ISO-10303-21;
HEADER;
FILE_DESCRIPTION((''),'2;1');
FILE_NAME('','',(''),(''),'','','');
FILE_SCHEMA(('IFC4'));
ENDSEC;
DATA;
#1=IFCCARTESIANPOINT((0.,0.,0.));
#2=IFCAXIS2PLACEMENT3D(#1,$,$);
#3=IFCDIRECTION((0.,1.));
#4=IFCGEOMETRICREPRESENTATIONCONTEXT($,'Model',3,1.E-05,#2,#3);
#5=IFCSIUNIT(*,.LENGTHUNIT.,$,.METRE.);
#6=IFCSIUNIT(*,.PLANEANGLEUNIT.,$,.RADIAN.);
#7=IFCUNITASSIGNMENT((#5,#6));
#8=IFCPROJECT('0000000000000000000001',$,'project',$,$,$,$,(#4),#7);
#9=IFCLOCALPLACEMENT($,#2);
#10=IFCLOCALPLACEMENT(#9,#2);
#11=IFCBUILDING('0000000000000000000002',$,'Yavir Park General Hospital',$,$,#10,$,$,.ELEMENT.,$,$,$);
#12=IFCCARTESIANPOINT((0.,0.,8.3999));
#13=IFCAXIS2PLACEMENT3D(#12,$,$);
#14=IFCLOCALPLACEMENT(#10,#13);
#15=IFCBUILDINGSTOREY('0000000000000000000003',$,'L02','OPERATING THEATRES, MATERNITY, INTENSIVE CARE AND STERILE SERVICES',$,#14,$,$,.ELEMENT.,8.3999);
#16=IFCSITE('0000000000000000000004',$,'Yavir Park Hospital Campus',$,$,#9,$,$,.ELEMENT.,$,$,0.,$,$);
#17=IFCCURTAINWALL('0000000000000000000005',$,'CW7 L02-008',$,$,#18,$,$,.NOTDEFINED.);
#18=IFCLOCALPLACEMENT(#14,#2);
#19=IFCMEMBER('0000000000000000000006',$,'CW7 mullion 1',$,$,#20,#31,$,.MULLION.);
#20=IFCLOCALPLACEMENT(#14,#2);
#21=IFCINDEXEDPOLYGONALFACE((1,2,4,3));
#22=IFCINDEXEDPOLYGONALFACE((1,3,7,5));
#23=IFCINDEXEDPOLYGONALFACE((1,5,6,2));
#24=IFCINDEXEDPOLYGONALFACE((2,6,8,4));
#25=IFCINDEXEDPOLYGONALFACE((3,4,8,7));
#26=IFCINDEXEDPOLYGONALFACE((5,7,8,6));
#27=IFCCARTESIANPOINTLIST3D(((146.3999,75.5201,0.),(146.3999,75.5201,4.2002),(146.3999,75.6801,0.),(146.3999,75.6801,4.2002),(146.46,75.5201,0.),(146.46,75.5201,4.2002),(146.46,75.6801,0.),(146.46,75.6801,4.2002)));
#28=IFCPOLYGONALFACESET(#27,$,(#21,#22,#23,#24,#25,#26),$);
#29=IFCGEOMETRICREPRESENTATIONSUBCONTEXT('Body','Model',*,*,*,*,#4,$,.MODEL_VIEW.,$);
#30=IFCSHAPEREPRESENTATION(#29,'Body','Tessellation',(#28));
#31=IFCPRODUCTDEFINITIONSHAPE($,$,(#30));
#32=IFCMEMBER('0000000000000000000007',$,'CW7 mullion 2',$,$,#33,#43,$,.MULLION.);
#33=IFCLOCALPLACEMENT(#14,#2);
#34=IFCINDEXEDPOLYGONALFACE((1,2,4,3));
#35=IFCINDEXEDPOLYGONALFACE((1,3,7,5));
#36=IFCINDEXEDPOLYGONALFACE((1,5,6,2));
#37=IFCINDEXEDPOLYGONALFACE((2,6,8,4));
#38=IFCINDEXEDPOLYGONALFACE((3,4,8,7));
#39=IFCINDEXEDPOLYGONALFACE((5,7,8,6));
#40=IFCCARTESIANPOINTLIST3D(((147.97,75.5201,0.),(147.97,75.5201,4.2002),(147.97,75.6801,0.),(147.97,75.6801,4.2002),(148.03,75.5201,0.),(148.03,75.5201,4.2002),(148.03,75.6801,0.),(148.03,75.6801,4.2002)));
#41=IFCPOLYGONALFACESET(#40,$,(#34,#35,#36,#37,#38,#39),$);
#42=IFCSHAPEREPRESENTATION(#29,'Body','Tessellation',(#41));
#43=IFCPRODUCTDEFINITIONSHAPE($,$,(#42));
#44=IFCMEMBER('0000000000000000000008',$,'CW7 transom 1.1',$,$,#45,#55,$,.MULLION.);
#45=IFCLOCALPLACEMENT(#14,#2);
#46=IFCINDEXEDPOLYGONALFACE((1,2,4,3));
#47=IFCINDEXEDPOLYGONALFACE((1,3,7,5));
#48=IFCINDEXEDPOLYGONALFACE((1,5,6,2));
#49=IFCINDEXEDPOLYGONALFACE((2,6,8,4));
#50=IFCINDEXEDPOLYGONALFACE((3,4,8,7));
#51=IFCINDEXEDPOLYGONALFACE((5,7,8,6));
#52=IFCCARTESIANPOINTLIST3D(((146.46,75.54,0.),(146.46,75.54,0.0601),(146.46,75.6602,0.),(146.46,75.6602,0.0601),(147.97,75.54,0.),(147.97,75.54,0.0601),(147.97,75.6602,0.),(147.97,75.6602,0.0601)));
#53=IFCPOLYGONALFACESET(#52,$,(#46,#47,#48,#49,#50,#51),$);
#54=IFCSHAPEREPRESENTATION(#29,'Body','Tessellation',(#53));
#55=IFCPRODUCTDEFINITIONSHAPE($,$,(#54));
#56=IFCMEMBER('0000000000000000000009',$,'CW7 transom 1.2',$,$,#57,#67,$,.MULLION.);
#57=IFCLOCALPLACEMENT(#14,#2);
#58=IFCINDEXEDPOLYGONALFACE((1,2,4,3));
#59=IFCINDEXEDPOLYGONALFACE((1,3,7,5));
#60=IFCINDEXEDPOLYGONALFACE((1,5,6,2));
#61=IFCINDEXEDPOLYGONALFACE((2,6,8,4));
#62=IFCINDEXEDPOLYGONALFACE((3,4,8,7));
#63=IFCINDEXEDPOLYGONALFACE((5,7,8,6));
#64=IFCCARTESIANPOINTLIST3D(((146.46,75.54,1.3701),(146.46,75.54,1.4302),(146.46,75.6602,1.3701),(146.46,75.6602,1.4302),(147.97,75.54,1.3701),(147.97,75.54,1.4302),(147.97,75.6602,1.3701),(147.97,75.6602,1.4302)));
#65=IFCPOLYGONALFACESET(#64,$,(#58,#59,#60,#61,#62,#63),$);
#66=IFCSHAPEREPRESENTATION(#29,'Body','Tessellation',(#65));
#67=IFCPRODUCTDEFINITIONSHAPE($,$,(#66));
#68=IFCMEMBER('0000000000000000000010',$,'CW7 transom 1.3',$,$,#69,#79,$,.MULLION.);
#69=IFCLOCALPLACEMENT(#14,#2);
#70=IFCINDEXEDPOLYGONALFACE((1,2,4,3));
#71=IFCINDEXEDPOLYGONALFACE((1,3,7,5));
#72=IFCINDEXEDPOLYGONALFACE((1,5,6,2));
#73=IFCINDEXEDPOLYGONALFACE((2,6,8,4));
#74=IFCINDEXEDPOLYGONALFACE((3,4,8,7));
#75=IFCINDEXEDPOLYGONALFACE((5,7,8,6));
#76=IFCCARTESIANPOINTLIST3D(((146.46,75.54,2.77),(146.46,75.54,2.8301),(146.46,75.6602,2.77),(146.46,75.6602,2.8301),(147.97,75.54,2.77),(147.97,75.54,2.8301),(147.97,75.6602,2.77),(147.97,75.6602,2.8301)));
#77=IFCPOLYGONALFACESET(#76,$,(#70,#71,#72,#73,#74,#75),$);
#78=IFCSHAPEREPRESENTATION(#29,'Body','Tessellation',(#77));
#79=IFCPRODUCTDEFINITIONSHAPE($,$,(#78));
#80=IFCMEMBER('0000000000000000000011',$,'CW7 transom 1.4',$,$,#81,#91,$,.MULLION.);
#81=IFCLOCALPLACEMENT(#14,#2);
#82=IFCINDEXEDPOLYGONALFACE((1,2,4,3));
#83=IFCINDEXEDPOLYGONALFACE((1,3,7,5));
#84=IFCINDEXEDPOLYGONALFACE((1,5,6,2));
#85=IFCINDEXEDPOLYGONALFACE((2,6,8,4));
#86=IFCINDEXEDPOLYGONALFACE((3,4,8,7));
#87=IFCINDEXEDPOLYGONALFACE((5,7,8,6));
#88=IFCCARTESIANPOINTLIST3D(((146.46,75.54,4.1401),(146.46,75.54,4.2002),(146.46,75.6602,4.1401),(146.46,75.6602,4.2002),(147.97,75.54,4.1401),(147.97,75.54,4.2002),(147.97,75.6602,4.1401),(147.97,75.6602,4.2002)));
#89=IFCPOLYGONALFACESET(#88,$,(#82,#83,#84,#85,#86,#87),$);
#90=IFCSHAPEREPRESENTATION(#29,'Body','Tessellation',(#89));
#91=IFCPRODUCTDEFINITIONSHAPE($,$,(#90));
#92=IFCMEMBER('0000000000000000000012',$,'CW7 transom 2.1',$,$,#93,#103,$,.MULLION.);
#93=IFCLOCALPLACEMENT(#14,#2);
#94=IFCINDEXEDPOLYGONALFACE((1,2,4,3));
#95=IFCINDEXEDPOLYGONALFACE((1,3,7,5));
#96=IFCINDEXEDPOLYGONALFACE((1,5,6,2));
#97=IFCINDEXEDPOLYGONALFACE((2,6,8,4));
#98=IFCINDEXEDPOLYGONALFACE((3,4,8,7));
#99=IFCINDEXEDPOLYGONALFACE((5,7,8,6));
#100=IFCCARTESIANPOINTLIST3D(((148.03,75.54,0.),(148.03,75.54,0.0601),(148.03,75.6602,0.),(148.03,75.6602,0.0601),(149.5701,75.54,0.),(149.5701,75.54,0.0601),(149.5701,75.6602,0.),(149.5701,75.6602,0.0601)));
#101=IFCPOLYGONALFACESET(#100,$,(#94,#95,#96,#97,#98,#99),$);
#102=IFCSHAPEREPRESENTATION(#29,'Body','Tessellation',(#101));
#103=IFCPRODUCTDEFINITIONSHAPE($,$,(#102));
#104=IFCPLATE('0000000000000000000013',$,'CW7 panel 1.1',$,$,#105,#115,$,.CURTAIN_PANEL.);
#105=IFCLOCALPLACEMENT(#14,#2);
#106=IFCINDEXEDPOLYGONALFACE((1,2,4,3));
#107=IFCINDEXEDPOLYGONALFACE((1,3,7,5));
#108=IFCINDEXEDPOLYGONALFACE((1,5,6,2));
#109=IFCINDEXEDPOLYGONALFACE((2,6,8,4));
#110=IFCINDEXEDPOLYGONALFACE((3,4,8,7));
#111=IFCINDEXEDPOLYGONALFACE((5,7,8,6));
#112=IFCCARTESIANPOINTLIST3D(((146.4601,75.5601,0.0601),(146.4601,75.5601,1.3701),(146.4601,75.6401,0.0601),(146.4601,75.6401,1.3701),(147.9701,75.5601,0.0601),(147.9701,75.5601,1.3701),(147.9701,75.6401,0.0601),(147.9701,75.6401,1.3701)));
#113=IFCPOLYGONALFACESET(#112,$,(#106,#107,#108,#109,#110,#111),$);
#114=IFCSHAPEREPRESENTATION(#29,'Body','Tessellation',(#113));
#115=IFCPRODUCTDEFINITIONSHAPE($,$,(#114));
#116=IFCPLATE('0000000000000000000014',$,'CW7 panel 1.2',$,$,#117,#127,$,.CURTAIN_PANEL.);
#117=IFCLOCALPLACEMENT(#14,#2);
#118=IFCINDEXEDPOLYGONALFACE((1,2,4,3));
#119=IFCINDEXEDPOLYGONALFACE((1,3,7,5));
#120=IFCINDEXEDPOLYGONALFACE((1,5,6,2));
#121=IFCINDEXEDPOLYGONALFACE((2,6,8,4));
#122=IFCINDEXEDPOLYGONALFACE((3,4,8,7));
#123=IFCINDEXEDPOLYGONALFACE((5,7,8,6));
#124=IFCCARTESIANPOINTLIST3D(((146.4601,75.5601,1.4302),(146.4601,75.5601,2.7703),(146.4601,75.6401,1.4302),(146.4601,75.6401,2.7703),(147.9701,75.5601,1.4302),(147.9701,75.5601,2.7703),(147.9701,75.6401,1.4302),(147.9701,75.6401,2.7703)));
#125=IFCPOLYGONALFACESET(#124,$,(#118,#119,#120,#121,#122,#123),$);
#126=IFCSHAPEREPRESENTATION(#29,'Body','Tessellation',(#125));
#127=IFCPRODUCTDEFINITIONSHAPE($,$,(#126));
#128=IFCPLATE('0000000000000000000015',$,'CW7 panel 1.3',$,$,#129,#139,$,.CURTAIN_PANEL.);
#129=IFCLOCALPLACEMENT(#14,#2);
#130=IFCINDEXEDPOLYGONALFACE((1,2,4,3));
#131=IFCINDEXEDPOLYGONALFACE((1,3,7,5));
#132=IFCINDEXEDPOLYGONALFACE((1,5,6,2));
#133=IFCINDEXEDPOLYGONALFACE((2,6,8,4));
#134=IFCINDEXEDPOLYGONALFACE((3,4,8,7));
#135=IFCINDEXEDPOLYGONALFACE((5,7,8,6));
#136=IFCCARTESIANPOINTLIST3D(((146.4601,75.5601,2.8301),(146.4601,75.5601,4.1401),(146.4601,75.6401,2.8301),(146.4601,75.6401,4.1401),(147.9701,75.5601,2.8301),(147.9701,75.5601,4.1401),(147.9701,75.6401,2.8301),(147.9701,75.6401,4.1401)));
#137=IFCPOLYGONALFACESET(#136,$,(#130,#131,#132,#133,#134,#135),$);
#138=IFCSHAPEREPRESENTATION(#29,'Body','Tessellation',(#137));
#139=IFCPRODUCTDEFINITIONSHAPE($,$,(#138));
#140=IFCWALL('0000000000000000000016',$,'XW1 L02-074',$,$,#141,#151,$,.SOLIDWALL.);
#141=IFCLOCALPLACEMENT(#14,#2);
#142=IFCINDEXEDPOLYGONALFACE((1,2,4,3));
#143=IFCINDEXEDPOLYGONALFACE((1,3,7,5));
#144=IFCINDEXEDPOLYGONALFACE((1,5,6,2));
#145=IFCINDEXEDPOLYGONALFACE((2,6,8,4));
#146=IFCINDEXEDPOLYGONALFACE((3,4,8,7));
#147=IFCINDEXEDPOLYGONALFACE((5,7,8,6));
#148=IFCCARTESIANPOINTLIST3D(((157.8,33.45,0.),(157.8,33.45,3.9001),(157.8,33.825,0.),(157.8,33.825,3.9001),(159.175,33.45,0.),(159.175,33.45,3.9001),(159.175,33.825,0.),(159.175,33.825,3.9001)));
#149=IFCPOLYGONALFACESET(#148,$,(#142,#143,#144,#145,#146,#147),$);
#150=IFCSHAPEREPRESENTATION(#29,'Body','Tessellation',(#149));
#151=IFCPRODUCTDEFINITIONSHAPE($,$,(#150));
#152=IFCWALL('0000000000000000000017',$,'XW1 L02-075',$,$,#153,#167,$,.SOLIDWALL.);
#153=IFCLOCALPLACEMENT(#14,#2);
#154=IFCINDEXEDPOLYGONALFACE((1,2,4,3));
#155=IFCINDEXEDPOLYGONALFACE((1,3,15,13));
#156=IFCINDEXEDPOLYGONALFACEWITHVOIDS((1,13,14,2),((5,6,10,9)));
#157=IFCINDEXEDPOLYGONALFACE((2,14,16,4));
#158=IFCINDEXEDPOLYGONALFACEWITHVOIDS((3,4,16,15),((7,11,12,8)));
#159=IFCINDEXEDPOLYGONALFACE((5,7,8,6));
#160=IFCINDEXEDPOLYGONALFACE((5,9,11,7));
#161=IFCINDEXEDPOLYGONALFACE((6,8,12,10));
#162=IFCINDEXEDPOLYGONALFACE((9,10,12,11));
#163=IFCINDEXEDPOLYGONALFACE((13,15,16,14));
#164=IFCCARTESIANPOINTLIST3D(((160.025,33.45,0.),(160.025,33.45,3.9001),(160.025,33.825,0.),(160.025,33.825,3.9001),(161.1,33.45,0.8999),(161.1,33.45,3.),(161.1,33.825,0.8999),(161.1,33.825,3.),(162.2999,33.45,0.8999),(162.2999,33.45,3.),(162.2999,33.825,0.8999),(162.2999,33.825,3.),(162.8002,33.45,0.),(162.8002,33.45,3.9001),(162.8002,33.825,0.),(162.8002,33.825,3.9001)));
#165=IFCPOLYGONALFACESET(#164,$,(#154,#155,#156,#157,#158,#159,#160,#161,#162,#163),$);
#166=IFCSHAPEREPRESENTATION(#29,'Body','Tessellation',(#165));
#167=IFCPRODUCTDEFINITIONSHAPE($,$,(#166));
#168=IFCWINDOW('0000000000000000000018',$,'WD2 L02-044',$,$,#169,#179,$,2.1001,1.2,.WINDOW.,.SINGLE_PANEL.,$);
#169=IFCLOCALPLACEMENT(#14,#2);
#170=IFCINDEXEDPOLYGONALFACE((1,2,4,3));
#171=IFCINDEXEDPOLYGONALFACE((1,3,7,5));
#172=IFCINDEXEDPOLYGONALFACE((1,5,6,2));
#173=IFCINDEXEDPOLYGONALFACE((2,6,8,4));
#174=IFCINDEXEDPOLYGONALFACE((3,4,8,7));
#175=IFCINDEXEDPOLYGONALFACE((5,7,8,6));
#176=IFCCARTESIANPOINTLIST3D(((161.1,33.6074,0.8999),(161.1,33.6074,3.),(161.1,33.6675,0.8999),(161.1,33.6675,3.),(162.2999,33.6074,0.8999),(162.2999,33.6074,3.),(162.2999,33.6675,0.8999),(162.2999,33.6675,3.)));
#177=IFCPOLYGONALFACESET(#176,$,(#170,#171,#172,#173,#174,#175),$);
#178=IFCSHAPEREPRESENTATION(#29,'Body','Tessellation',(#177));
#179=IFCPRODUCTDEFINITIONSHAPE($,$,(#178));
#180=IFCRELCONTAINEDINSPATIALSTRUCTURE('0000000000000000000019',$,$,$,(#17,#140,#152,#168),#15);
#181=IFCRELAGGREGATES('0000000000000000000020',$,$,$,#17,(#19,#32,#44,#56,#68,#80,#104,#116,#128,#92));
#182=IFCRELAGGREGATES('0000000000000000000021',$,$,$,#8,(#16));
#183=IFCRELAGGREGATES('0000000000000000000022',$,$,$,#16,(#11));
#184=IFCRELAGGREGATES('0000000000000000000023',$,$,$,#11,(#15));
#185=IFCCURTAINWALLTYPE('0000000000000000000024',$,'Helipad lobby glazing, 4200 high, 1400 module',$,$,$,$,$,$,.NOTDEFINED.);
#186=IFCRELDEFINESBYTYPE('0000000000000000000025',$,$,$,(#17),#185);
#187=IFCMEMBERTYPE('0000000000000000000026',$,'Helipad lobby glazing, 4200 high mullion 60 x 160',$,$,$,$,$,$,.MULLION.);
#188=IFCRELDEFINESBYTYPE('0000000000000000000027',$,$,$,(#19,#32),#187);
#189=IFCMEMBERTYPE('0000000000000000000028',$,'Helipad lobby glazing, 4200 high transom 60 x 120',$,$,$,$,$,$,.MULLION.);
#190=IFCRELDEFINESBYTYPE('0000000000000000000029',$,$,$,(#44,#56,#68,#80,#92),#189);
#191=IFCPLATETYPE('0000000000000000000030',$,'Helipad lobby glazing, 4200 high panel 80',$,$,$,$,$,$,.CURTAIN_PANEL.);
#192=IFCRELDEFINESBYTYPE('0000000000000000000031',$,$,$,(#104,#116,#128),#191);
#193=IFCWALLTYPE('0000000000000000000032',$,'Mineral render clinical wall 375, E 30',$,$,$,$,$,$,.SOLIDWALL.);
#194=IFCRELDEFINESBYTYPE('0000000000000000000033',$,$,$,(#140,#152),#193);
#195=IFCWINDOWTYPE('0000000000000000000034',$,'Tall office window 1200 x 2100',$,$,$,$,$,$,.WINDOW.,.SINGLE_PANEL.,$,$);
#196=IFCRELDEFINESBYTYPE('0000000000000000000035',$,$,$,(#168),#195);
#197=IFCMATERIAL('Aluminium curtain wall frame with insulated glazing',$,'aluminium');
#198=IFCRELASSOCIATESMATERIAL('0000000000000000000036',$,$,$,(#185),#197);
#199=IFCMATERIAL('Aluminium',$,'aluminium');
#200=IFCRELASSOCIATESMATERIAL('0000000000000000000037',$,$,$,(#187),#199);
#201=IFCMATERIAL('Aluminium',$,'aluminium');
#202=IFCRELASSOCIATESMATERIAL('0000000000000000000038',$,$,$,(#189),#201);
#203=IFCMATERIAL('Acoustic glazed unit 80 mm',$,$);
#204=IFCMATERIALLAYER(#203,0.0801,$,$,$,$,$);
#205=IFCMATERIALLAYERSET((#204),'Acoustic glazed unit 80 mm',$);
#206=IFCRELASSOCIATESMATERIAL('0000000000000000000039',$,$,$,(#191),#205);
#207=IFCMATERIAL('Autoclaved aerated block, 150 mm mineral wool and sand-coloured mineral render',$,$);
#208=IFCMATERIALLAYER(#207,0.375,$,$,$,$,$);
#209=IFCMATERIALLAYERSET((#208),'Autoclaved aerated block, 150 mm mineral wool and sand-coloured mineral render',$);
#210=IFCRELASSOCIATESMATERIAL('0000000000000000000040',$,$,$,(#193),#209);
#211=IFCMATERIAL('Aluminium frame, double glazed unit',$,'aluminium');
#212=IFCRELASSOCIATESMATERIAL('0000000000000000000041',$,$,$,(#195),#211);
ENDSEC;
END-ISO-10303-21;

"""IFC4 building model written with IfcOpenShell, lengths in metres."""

from ifc_helpers import new_model, si_unit, direction, frame, frame_2d, origin, origin_2d, place, context, subcontext, project, spatial, rectangle, extrude, material, layer, layer_set, material_profile, profile_set, type_object, element, fill, aggregate, save


model = new_model("IFC4")

# Units and contexts
model_context = context("Model", 3, precision=1e-05, world=origin(), true_north=direction((0.0, 1.0)))
body_context = subcontext(model_context, "Body", "Model", "MODEL_VIEW")
ifc_project = project(units=[si_unit("LENGTHUNIT", "METRE"), si_unit("PLANEANGLEUNIT", "RADIAN")], contexts=[model_context])

# Site, building, storey
site_placement = place(None, origin())
site = spatial("IfcSite", under=ifc_project, at=site_placement, Name="Yavir Park Hospital Campus", CompositionType="ELEMENT", RefElevation=0.0)
building_placement = place(site_placement, origin())
building = spatial("IfcBuilding", under=site, at=building_placement, Name="Yavir Park General Hospital", CompositionType="ELEMENT")
storey_placement = place(building_placement, frame((0.0, 0.0, 8.3999)))
storey = spatial("IfcBuildingStorey", under=building, at=storey_placement, Name="L02", Description="OPERATING THEATRES, MATERNITY, INTENSIVE CARE AND STERILE SERVICES", CompositionType="ELEMENT", Elevation=8.3999)

# Curtain wall, members, plates
ifc_material_1 = material(Name="Aluminium curtain wall frame with insulated glazing", Category="aluminium")
curtain_wall_type = type_object("IfcCurtainWallType", Name="Helipad lobby glazing, 4200 high, 1400 module", PredefinedType="NOTDEFINED", material=ifc_material_1)
curtain_wall_placement = place(storey_placement, origin())
curtain_wall = element("IfcCurtainWall", 1, at=curtain_wall_placement, inside=storey, type_object=curtain_wall_type, Name="CW7 L02-008", PredefinedType="NOTDEFINED")
ifc_material_2 = material(Name="Aluminium", Category="aluminium")
ifc_material_profile_1 = material_profile(ifc_material_2, rectangle(XDim=0.1599, YDim=0.0601, at=origin_2d()), Name="AL 60x160")
ifc_profile_set_1 = profile_set([ifc_material_profile_1], Name="Aluminium")
member_type_1 = type_object("IfcMemberType", Name="Helipad lobby glazing, 4200 high mullion 60 x 160", PredefinedType="MULLION", material=ifc_profile_set_1)
member_1_placement = place(storey_placement, frame((146.4299, 75.6001, 0.0), z_axis=(0.0, 0.0, 1.0), x_axis=(0.0, 1.0, 0.0)))
member_1 = element("IfcMember", 2, at=member_1_placement, type_object=member_type_1, Name="CW7 mullion 1", PredefinedType="MULLION", context=body_context, shape_type="SweptSolid", body=[
    extrude(rectangle(XDim=0.1599, YDim=0.0601, at=origin_2d()), origin(), (0.0, 0.0, 1.0), 4.2002),
])
member_2_placement = place(storey_placement, frame((148.0, 75.6001, 0.0), z_axis=(0.0, 0.0, 1.0), x_axis=(0.0, 1.0, 0.0)))
member_2 = element("IfcMember", 3, at=member_2_placement, type_object=member_type_1, Name="CW7 mullion 2", PredefinedType="MULLION", context=body_context, shape_type="SweptSolid", body=[
    extrude(rectangle(XDim=0.1599, YDim=0.0601, at=origin_2d()), origin(), (0.0, 0.0, 1.0), 4.2002),
])
ifc_material_3 = material(Name="Aluminium", Category="aluminium")
ifc_material_profile_2 = material_profile(ifc_material_3, rectangle(XDim=0.1201, YDim=0.0601, at=origin_2d()), Name="AL 120x60")
ifc_profile_set_2 = profile_set([ifc_material_profile_2], Name="Aluminium")
member_type_2 = type_object("IfcMemberType", Name="Helipad lobby glazing, 4200 high transom 60 x 120", PredefinedType="MULLION", material=ifc_profile_set_2)
member_3_placement = place(storey_placement, frame((146.46, 75.6001, 0.03), z_axis=(1.0, 0.0, 0.0), x_axis=(0.0, 1.0, 0.0)))
member_3 = element("IfcMember", 4, at=member_3_placement, type_object=member_type_2, Name="CW7 transom 1.1", PredefinedType="MULLION", context=body_context, shape_type="SweptSolid", body=[
    extrude(rectangle(XDim=0.1201, YDim=0.0601, at=origin_2d()), origin(), (0.0, 0.0, 1.0), 1.51),
])
member_4_placement = place(storey_placement, frame((146.46, 75.6001, 1.4001), z_axis=(1.0, 0.0, 0.0), x_axis=(0.0, 1.0, 0.0)))
member_4 = element("IfcMember", 5, at=member_4_placement, type_object=member_type_2, Name="CW7 transom 1.2", PredefinedType="MULLION", context=body_context, shape_type="SweptSolid", body=[
    extrude(rectangle(XDim=0.1201, YDim=0.0601, at=origin_2d()), origin(), (0.0, 0.0, 1.0), 1.51),
])
member_5_placement = place(storey_placement, frame((146.46, 75.6001, 2.8), z_axis=(1.0, 0.0, 0.0), x_axis=(0.0, 1.0, 0.0)))
member_5 = element("IfcMember", 6, at=member_5_placement, type_object=member_type_2, Name="CW7 transom 1.3", PredefinedType="MULLION", context=body_context, shape_type="SweptSolid", body=[
    extrude(rectangle(XDim=0.1201, YDim=0.0601, at=origin_2d()), origin(), (0.0, 0.0, 1.0), 1.51),
])
member_6_placement = place(storey_placement, frame((146.46, 75.6001, 4.1702), z_axis=(1.0, 0.0, 0.0), x_axis=(0.0, 1.0, 0.0)))
member_6 = element("IfcMember", 7, at=member_6_placement, type_object=member_type_2, Name="CW7 transom 1.4", PredefinedType="MULLION", context=body_context, shape_type="SweptSolid", body=[
    extrude(rectangle(XDim=0.1201, YDim=0.0601, at=origin_2d()), origin(), (0.0, 0.0, 1.0), 1.51),
])
member_7_placement = place(storey_placement, frame((148.03, 75.6001, 0.03), z_axis=(1.0, 0.0, 0.0), x_axis=(0.0, 1.0, 0.0)))
member_7 = element("IfcMember", 8, at=member_7_placement, type_object=member_type_2, Name="CW7 transom 2.1", PredefinedType="MULLION", context=body_context, shape_type="SweptSolid", body=[
    extrude(rectangle(XDim=0.1201, YDim=0.0601, at=origin_2d()), origin(), (0.0, 0.0, 1.0), 1.54),
])
ifc_material_4 = material(Name="Acoustic glazed unit 80 mm")
ifc_layer_1 = layer(ifc_material_4, 0.0801)
ifc_layer_set_1 = layer_set([ifc_layer_1], Name="Acoustic glazed unit 80 mm")
plate_type = type_object("IfcPlateType", Name="Helipad lobby glazing, 4200 high panel 80", PredefinedType="CURTAIN_PANEL", material=ifc_layer_set_1)
plate_1_placement = place(storey_placement, frame((147.2151, 75.6001, 0.0601), z_axis=(0.0, 0.0, 1.0), x_axis=(1.0, 0.0, 0.0)))
plate_1 = element("IfcPlate", 9, at=plate_1_placement, type_object=plate_type, Name="CW7 panel 1.1", PredefinedType="CURTAIN_PANEL", context=body_context, shape_type="SweptSolid", body=[
    extrude(rectangle(XDim=1.51, YDim=0.0801, at=origin_2d()), origin(), (0.0, 0.0, 1.0), 1.3101),
])
plate_2_placement = place(storey_placement, frame((147.2151, 75.6001, 1.4302), z_axis=(0.0, 0.0, 1.0), x_axis=(1.0, 0.0, 0.0)))
plate_2 = element("IfcPlate", 10, at=plate_2_placement, type_object=plate_type, Name="CW7 panel 1.2", PredefinedType="CURTAIN_PANEL", context=body_context, shape_type="SweptSolid", body=[
    extrude(rectangle(XDim=1.51, YDim=0.0801, at=origin_2d()), origin(), (0.0, 0.0, 1.0), 1.3401),
])
plate_3_placement = place(storey_placement, frame((147.2151, 75.6001, 2.8301), z_axis=(0.0, 0.0, 1.0), x_axis=(1.0, 0.0, 0.0)))
plate_3 = element("IfcPlate", 11, at=plate_3_placement, type_object=plate_type, Name="CW7 panel 1.3", PredefinedType="CURTAIN_PANEL", context=body_context, shape_type="SweptSolid", body=[
    extrude(rectangle(XDim=1.51, YDim=0.0801, at=origin_2d()), origin(), (0.0, 0.0, 1.0), 1.3101),
])
aggregate(curtain_wall, [member_1, member_2, member_3, member_4, member_5, member_6, plate_1, plate_2, plate_3, member_7])

# Wall
ifc_material_5 = material(Name="Autoclaved aerated block, 150 mm mineral wool and sand-coloured mineral render")
ifc_layer_2 = layer(ifc_material_5, 0.375)
ifc_layer_set_2 = layer_set([ifc_layer_2], Name="Autoclaved aerated block, 150 mm mineral wool and sand-coloured mineral render")
wall_type_1 = type_object("IfcWallType", Name="Mineral render clinical wall 375, E 30", PredefinedType="SOLIDWALL", material=ifc_layer_set_2)
wall_1_placement = place(storey_placement, frame((157.8, 33.6375, 0.0), z_axis=(0.0, 0.0, 1.0), x_axis=(1.0, 0.0, 0.0)))
element("IfcWall", 12, at=wall_1_placement, inside=storey, type_object=wall_type_1, Name="XW1 L02-074", PredefinedType="SOLIDWALL", context=body_context, shape_type="SweptSolid", body=[
    extrude(rectangle(XDim=1.375, YDim=0.375, at=frame_2d((0.6875, 0.0))), origin(), (0.0, 0.0, 1.0), 3.9001),
])

# Wall, opening, window
wall_2_placement = place(storey_placement, frame((160.0249, 33.6375, 0.0), z_axis=(0.0, 0.0, 1.0), x_axis=(1.0, 0.0, 0.0)))
wall_2 = element("IfcWall", 13, at=wall_2_placement, inside=storey, type_object=wall_type_1, Name="XW1 L02-075", PredefinedType="SOLIDWALL", context=body_context, shape_type="SweptSolid", body=[
    extrude(rectangle(XDim=2.7751, YDim=0.375, at=frame_2d((1.3877, 0.0))), origin(), (0.0, 0.0, 1.0), 3.9001),
])
opening_1_placement = place(wall_2_placement, frame((1.075, 0.0, 0.8999)))
opening_1 = element("IfcOpeningElement", 14, at=opening_1_placement, cuts=wall_2, PredefinedType="OPENING", context=body_context, shape_type="SweptSolid", body=[
    extrude(rectangle(XDim=1.2, YDim=2.1001, at=frame_2d((0.6001, 1.05))), frame((0.0, 0.1975, 0.0), z_axis=(0.0, -1.0, 0.0), x_axis=(1.0, 0.0, 0.0)), (0.0, 0.0, 1.0), 0.395),
])
ifc_material_6 = material(Name="Aluminium frame, double glazed unit", Category="aluminium")
window_type_1 = type_object("IfcWindowType", Name="Tall office window 1200 x 2100", PartitioningType="SINGLE_PANEL", PredefinedType="WINDOW", material=ifc_material_6)
window_1_placement = place(opening_1_placement, origin())
window_1 = element("IfcWindow", 15, at=window_1_placement, inside=storey, type_object=window_type_1, Name="WD2 L02-044", OverallHeight=2.1001, OverallWidth=1.2, PartitioningType="SINGLE_PANEL", PredefinedType="WINDOW", context=body_context, shape_type="SweptSolid", body=[
    extrude(rectangle(XDim=1.2, YDim=2.1001, at=frame_2d((0.6001, 1.05))), frame((0.0, 0.03, 0.0), z_axis=(0.0, -1.0, 0.0), x_axis=(1.0, 0.0, 0.0)), (0.0, 0.0, 1.0), 0.0601),
])
fill(opening_1, window_1)

save(model, "model.ifc")
